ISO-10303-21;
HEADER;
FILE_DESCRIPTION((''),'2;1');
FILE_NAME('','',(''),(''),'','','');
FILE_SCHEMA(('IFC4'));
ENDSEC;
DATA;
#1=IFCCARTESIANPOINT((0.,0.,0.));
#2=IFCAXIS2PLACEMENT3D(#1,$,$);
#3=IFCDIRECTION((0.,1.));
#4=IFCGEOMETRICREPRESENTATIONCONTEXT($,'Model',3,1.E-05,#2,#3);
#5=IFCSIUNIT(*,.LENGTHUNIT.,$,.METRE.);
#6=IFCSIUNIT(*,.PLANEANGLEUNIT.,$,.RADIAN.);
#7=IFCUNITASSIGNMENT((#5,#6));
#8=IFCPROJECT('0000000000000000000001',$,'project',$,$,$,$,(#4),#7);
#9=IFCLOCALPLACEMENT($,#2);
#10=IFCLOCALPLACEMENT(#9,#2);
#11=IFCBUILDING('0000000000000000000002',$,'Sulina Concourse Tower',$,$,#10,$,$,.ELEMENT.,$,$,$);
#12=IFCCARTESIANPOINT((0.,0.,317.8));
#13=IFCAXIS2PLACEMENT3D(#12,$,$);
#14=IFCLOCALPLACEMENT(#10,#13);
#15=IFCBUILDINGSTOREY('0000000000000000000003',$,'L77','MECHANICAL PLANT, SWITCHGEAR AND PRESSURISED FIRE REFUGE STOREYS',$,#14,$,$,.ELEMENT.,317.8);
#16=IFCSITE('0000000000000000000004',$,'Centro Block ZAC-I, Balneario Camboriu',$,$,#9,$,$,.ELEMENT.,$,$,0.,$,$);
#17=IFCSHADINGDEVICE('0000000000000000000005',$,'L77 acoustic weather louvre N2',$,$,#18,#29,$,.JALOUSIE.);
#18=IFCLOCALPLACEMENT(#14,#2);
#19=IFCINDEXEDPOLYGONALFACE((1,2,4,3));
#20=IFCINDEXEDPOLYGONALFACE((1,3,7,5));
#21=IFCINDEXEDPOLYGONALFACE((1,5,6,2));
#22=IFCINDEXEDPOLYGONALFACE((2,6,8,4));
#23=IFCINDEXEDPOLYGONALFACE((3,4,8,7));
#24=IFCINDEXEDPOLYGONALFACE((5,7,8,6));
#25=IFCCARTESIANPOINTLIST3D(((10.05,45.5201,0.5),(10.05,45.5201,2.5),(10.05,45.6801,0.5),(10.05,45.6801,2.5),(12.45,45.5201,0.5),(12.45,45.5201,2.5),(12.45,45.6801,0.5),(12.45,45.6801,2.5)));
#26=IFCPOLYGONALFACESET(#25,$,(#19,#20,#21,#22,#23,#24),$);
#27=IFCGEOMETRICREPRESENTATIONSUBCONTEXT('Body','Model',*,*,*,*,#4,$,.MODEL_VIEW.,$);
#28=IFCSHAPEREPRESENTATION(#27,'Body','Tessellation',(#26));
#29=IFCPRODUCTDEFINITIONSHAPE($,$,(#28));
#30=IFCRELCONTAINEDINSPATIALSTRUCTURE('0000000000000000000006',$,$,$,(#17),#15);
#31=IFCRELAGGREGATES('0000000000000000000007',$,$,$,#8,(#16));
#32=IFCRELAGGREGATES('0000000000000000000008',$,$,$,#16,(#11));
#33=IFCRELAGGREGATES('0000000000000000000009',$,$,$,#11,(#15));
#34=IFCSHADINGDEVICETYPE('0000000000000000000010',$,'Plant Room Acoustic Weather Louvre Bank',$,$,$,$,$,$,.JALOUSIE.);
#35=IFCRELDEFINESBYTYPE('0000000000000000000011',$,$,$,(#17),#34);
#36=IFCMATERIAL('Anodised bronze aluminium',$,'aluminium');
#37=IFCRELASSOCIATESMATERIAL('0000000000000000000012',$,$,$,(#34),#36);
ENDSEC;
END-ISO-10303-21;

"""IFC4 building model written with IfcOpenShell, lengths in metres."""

from ifc_helpers import new_model, si_unit, direction, frame, origin, origin_2d, place, context, subcontext, project, spatial, rectangle, extrude, material, type_object, element, save


model = new_model("IFC4")

# Units and contexts
model_context = context("Model", 3, precision=1e-05, world=origin(), true_north=direction((0.0, 1.0)))
body_context = subcontext(model_context, "Body", "Model", "MODEL_VIEW")
ifc_project = project(units=[si_unit("LENGTHUNIT", "METRE"), si_unit("PLANEANGLEUNIT", "RADIAN")], contexts=[model_context])

# Site, building, storey
site_placement = place(None, origin())
site = spatial("IfcSite", under=ifc_project, at=site_placement, Name="Centro Block ZAC-I, Balneario Camboriu", CompositionType="ELEMENT", RefElevation=0.0)
building_placement = place(site_placement, origin())
building = spatial("IfcBuilding", under=site, at=building_placement, Name="Sulina Concourse Tower", CompositionType="ELEMENT")
storey_placement = place(building_placement, frame((0.0, 0.0, 317.8)))
storey = spatial("IfcBuildingStorey", under=building, at=storey_placement, Name="L77", Description="MECHANICAL PLANT, SWITCHGEAR AND PRESSURISED FIRE REFUGE STOREYS", CompositionType="ELEMENT", Elevation=317.8)

# Shading device
ifc_material_1 = material(Name="Anodised bronze aluminium", Category="aluminium")
shading_device_type = type_object("IfcShadingDeviceType", Name="Plant Room Acoustic Weather Louvre Bank", PredefinedType="JALOUSIE", material=ifc_material_1)
for number, where, z_axis, x_axis, name in (
    (1, (11.25, 45.6001, 0.5), (0.0, 0.0, 1.0), (1.0, 0.0, 0.0), "L77 acoustic weather louvre N2"),
):
    element("IfcShadingDevice", number, at=place(storey_placement, frame(where, z_axis=z_axis, x_axis=x_axis)), inside=storey, type_object=shading_device_type, Name=name, PredefinedType="JALOUSIE", context=body_context, shape_type="SweptSolid", body=[
        extrude(rectangle(XDim=2.3999, YDim=0.1599, at=origin_2d()), origin(), (0.0, 0.0, 1.0), 2.0),
    ])

save(model, "model.ifc")
